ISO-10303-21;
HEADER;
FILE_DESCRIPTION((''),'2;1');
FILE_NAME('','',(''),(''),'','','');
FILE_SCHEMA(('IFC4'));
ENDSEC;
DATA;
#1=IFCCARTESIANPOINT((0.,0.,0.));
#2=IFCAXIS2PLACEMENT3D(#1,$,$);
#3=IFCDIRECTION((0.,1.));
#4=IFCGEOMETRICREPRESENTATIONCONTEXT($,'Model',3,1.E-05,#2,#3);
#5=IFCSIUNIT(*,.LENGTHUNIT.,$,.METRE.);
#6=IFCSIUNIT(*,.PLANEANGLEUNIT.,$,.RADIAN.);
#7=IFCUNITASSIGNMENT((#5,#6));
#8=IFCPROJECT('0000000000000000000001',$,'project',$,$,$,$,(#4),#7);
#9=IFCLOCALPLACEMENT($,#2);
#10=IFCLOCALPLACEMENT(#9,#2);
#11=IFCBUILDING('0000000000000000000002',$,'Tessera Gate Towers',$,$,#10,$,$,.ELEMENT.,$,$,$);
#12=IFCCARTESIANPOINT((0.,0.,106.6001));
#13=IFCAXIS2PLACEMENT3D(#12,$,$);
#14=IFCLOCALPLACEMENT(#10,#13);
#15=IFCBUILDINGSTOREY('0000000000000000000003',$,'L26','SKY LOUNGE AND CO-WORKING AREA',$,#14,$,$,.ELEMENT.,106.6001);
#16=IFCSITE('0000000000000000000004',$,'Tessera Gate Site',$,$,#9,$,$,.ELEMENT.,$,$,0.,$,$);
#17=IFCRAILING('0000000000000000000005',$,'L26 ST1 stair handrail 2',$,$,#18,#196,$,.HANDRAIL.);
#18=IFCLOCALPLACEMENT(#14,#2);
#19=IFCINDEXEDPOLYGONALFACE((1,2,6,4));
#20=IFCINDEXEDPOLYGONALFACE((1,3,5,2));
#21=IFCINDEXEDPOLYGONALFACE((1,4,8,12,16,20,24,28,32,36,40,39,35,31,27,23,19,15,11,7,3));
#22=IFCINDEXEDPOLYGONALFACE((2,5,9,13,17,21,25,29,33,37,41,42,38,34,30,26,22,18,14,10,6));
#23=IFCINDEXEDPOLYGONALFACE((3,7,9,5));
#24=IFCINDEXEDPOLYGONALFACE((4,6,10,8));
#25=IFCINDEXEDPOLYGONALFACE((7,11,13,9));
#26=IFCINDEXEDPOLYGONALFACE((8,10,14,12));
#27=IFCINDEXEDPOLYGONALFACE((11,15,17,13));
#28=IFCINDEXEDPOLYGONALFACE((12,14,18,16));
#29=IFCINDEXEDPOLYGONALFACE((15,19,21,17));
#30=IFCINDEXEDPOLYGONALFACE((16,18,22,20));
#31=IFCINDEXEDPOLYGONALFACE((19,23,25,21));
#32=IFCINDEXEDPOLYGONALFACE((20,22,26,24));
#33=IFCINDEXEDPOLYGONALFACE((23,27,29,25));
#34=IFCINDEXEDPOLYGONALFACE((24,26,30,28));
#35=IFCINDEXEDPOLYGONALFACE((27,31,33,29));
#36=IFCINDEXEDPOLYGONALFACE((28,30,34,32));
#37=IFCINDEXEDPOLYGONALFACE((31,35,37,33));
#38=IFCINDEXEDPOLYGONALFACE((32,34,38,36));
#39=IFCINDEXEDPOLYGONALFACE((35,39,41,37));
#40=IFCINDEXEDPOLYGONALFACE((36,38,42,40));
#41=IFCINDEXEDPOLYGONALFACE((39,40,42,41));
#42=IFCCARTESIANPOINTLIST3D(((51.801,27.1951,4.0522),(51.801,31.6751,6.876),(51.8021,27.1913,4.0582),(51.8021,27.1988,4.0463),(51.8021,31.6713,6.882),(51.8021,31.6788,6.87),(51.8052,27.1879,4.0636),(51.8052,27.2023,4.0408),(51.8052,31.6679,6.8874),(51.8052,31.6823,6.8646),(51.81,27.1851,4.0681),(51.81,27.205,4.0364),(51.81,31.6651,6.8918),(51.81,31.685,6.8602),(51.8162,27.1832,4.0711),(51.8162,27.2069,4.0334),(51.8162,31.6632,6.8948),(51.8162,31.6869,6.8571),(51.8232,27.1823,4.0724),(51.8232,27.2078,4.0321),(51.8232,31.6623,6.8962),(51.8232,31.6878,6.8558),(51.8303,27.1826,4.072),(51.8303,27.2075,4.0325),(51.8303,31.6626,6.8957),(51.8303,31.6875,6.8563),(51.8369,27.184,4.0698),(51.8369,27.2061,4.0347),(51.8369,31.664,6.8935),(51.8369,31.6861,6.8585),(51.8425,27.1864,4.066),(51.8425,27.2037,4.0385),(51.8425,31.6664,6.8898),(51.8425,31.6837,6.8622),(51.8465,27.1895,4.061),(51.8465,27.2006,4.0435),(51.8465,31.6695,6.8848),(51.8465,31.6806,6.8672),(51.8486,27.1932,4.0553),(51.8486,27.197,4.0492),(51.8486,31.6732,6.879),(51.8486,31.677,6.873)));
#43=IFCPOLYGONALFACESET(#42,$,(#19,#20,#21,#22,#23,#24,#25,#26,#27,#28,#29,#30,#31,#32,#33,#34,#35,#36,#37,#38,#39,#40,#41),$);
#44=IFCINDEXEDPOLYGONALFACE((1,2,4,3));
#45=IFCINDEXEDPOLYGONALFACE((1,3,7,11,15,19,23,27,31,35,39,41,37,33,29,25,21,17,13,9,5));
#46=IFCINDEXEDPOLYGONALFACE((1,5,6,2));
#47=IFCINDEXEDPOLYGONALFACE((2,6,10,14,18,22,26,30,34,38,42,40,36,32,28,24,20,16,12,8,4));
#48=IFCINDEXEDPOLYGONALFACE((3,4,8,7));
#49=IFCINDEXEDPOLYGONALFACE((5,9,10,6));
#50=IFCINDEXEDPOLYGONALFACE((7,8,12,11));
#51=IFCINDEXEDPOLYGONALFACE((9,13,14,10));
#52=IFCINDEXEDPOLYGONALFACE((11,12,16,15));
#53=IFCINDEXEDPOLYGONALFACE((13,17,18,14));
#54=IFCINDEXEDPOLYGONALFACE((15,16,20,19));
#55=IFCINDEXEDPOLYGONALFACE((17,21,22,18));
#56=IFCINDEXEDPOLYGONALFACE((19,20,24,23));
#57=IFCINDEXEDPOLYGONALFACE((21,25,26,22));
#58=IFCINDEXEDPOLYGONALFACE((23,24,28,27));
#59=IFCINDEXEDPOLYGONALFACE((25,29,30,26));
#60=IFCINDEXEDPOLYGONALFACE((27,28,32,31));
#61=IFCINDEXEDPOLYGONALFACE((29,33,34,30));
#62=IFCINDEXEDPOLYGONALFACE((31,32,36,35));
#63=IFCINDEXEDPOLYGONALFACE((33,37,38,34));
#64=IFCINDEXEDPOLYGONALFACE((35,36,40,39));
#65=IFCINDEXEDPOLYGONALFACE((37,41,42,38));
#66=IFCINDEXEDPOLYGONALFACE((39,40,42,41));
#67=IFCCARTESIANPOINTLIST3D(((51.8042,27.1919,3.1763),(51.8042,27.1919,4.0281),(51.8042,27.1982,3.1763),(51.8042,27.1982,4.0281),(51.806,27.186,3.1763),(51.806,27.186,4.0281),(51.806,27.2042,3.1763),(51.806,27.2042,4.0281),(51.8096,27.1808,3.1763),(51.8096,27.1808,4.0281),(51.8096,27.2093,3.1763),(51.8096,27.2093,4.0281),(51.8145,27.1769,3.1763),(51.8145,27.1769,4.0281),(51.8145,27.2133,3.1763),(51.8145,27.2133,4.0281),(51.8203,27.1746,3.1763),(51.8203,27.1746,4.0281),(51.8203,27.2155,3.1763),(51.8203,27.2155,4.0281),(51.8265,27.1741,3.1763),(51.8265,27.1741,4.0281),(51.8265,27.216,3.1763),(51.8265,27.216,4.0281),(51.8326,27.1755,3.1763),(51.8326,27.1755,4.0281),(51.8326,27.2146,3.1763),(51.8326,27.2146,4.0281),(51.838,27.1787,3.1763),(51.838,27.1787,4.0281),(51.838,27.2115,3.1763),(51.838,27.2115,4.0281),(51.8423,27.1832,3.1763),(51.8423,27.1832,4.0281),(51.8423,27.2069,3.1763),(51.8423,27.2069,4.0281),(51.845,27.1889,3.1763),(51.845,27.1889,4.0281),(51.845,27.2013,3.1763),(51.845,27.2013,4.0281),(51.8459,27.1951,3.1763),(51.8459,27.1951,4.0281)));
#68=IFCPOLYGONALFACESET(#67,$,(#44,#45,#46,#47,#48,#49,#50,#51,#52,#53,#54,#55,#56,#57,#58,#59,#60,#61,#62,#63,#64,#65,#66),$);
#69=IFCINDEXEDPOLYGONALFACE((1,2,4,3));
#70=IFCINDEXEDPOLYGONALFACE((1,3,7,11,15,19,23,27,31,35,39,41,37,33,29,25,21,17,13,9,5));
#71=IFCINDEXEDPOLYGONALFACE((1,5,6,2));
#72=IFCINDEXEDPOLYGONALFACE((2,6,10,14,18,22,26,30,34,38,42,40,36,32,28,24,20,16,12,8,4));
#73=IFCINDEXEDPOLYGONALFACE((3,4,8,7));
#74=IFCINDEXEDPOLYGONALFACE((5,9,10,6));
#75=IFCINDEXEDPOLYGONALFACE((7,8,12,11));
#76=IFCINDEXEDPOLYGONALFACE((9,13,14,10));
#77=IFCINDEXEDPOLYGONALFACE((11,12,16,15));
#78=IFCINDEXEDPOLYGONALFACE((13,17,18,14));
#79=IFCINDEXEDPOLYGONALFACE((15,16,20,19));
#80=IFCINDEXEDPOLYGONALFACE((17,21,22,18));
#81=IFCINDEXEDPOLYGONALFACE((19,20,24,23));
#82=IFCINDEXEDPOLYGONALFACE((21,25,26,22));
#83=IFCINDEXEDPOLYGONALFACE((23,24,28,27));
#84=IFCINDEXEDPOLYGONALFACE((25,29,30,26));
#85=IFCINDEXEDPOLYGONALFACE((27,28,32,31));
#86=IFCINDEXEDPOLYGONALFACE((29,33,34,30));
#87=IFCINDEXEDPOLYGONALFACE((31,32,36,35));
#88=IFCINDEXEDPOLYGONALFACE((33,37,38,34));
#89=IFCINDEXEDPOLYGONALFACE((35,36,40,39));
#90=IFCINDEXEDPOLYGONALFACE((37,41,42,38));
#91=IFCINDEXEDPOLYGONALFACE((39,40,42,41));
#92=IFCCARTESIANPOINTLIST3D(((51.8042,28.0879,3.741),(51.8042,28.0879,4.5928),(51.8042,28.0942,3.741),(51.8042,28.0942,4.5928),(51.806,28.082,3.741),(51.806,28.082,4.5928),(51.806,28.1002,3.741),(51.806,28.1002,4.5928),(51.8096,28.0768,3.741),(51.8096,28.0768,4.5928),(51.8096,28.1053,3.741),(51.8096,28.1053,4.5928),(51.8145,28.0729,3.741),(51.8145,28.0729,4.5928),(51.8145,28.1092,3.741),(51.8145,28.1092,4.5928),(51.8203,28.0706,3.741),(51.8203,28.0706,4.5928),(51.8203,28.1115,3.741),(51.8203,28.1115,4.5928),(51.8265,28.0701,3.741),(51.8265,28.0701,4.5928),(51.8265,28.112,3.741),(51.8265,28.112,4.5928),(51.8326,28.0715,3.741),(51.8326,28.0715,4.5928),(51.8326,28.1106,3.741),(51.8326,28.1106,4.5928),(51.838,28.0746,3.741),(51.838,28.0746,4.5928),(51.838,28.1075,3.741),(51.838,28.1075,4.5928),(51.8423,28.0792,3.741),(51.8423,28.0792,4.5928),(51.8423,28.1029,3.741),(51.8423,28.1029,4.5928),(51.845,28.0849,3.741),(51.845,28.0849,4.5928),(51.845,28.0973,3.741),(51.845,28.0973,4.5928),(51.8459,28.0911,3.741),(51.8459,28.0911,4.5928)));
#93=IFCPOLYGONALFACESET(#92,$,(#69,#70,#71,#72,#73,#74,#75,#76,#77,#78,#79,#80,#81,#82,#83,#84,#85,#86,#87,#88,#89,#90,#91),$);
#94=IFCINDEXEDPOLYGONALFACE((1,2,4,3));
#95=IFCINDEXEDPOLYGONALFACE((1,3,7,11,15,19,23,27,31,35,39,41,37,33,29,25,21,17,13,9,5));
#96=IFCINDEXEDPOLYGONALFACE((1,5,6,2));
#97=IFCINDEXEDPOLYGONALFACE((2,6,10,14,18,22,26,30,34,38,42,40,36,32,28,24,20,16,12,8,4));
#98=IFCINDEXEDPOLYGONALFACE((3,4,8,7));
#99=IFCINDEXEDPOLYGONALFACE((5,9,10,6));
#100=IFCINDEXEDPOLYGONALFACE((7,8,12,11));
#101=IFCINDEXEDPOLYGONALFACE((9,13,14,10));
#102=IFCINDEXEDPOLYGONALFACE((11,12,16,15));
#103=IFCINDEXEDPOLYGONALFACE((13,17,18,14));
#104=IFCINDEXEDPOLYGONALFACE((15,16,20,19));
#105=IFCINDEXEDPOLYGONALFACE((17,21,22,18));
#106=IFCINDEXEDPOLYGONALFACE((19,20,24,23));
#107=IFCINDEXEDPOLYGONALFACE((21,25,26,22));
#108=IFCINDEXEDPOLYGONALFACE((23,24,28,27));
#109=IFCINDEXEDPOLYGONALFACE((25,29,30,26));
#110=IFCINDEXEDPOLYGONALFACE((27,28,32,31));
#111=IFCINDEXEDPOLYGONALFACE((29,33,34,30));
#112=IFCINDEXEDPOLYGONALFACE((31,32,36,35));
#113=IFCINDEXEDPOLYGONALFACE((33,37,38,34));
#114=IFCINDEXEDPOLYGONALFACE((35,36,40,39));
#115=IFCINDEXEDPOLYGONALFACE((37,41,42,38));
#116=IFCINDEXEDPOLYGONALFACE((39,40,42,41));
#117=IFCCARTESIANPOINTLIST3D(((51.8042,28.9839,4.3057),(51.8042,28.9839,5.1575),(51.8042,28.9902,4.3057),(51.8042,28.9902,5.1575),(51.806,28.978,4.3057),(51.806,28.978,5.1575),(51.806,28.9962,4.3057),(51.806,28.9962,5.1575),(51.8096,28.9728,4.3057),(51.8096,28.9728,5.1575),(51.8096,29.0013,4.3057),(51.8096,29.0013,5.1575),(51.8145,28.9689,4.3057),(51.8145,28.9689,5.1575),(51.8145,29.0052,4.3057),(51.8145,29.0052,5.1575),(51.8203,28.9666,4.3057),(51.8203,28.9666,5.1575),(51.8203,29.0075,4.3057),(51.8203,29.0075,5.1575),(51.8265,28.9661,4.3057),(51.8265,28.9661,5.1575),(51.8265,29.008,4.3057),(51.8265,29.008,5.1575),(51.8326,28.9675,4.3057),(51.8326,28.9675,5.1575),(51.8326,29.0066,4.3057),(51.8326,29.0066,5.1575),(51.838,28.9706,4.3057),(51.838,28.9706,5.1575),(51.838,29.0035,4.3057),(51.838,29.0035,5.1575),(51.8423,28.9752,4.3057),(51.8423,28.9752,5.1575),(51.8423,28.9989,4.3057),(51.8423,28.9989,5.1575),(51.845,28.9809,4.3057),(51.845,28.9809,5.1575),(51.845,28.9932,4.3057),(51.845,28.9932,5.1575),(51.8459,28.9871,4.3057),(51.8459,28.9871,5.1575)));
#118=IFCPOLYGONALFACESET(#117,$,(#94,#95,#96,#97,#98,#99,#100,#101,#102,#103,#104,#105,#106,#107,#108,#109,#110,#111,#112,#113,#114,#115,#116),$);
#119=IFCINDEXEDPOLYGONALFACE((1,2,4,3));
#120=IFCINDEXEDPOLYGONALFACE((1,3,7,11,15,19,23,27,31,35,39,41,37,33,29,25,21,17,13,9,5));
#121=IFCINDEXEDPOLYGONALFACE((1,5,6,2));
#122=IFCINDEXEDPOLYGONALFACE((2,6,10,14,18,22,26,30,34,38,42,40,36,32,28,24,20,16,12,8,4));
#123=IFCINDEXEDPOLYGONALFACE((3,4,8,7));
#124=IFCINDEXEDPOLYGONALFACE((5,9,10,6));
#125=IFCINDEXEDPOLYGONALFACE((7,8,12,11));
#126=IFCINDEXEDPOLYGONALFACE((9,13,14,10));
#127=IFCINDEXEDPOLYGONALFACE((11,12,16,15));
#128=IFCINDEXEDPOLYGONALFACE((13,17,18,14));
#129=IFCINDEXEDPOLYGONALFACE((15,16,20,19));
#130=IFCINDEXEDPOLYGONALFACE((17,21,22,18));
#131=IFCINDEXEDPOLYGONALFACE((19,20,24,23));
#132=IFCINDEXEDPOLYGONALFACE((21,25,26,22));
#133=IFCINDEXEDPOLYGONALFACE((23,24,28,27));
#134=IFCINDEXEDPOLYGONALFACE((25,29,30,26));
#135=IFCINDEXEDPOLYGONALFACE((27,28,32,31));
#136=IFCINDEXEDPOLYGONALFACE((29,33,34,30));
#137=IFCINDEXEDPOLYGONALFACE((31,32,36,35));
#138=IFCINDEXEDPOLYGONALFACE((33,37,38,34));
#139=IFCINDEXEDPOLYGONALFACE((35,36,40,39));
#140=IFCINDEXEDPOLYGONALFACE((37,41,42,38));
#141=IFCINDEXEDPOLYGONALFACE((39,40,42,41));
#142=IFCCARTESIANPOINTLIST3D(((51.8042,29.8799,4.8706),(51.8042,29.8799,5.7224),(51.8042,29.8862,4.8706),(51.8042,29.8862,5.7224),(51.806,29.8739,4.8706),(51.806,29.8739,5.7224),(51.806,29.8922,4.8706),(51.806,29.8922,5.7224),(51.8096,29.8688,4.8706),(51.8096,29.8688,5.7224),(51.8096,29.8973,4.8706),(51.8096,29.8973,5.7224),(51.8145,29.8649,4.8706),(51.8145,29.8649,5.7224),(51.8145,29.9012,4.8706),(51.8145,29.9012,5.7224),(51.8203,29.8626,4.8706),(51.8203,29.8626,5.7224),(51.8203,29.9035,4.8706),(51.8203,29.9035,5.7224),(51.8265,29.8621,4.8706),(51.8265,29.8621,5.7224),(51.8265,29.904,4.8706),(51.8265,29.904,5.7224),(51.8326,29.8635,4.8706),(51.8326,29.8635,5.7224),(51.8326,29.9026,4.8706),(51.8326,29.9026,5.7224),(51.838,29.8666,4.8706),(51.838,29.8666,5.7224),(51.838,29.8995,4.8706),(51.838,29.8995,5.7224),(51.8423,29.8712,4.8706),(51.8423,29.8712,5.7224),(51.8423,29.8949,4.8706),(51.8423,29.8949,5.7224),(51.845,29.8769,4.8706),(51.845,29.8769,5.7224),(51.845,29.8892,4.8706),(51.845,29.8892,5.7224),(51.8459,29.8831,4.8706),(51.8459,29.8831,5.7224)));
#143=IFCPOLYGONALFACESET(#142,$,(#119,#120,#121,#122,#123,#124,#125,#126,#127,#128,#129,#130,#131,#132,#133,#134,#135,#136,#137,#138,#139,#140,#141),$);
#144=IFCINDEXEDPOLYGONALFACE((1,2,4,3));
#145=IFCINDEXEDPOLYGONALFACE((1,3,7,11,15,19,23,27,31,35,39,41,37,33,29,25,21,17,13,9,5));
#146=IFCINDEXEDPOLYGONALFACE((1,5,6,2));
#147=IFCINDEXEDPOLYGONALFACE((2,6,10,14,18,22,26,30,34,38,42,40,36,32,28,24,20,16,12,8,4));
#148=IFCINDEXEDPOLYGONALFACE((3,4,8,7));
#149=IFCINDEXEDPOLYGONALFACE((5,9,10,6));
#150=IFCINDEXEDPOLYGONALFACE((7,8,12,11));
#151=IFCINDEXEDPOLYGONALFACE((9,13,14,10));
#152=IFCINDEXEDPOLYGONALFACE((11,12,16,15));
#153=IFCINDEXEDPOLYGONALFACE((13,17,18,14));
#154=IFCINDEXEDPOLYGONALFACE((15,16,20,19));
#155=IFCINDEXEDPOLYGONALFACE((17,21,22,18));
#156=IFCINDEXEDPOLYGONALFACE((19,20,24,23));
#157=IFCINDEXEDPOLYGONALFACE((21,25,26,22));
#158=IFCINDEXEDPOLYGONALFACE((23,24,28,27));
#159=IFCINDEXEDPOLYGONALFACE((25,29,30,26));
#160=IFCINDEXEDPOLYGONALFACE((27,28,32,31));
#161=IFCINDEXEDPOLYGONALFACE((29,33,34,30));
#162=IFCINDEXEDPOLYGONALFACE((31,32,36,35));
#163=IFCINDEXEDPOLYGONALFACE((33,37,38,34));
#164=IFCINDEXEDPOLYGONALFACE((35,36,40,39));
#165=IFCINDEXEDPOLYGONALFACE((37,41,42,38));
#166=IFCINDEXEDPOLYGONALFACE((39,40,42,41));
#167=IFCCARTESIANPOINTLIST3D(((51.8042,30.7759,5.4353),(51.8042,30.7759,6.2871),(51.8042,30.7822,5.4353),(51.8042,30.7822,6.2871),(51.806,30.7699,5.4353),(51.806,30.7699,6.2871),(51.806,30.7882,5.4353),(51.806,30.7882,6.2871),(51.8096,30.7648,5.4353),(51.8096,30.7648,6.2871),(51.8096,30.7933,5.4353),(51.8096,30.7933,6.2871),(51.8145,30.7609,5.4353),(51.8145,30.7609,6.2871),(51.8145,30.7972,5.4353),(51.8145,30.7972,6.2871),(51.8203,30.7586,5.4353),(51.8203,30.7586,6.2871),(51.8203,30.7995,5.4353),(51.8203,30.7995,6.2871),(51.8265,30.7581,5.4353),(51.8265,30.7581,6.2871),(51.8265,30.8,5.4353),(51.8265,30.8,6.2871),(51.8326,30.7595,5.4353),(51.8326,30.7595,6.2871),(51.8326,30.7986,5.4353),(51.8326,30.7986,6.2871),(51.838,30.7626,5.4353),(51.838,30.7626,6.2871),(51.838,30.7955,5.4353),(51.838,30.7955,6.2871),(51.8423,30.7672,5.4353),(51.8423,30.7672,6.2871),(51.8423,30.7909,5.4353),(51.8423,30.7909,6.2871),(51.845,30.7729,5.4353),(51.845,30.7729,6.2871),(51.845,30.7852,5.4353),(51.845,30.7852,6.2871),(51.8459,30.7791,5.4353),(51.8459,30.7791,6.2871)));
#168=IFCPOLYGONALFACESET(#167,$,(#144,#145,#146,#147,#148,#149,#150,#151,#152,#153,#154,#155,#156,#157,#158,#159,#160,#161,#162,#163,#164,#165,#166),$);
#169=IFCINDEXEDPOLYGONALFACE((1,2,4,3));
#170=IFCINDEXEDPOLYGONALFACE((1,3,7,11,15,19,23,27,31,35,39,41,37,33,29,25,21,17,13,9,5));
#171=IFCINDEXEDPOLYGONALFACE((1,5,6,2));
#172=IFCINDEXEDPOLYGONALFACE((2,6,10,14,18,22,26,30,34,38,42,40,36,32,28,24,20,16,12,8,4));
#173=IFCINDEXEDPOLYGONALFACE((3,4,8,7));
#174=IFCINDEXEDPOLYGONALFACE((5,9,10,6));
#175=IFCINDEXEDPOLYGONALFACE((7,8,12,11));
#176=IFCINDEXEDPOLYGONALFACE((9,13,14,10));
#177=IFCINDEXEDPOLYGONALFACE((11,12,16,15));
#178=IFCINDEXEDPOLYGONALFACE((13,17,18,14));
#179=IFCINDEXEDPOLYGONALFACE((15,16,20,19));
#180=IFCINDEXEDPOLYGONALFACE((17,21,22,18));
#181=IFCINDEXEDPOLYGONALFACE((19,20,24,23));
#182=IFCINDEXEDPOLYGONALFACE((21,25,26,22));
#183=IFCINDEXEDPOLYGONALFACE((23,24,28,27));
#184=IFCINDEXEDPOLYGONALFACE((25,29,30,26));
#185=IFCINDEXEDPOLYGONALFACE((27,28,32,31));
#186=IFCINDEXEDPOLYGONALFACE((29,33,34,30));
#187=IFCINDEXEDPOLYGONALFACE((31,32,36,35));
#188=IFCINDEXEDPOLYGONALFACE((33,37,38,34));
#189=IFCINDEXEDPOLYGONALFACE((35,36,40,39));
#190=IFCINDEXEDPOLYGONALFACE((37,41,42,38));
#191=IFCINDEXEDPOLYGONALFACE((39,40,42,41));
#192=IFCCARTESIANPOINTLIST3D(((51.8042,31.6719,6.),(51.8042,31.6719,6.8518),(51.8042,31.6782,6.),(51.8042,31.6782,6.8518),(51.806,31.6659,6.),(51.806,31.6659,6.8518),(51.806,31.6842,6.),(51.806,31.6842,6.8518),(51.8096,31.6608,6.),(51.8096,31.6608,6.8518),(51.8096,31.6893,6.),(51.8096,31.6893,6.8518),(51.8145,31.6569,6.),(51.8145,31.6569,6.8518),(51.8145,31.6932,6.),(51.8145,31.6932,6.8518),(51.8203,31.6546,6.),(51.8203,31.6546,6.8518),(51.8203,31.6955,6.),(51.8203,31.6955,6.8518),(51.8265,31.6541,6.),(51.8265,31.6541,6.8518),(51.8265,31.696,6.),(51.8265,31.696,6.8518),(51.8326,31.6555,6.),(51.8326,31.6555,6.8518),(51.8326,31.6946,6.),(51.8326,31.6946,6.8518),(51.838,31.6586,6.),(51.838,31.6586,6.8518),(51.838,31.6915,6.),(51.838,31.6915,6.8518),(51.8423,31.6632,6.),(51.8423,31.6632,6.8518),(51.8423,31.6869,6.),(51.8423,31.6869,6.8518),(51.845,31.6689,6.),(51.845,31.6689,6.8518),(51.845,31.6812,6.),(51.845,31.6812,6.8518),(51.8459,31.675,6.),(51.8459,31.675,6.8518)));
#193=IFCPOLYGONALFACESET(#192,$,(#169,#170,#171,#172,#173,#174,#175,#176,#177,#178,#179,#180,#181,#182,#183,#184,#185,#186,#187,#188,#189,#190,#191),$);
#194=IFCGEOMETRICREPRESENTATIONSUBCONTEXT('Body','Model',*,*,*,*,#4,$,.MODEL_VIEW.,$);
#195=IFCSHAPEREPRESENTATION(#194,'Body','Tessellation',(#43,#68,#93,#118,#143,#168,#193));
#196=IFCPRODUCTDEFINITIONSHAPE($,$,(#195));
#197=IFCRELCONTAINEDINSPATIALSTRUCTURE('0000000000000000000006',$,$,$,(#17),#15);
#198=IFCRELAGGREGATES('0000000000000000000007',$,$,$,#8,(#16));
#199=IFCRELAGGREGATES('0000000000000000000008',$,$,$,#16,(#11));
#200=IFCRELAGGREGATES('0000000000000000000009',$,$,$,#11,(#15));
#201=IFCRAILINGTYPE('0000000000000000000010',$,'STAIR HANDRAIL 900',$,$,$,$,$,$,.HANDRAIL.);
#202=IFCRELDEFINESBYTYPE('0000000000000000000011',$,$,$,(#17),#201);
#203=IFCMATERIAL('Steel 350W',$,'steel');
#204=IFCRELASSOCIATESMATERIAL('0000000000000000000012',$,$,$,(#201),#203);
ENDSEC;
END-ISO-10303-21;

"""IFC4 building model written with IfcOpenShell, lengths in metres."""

from ifc_helpers import new_model, si_unit, direction, frame, origin, origin_2d, place, context, subcontext, project, spatial, circle, extrude, material, type_object, element, save


model = new_model("IFC4")

# Units and contexts
model_context = context("Model", 3, precision=1e-05, world=origin(), true_north=direction((0.0, 1.0)))
body_context = subcontext(model_context, "Body", "Model", "MODEL_VIEW")
ifc_project = project(units=[si_unit("LENGTHUNIT", "METRE"), si_unit("PLANEANGLEUNIT", "RADIAN")], contexts=[model_context])

# Site, building, storey
site_placement = place(None, origin())
site = spatial("IfcSite", under=ifc_project, at=site_placement, Name="Tessera Gate Site", CompositionType="ELEMENT", RefElevation=0.0)
building_placement = place(site_placement, origin())
building = spatial("IfcBuilding", under=site, at=building_placement, Name="Tessera Gate Towers", CompositionType="ELEMENT")
storey_placement = place(building_placement, frame((0.0, 0.0, 106.6001)))
storey = spatial("IfcBuildingStorey", under=building, at=storey_placement, Name="L26", Description="SKY LOUNGE AND CO-WORKING AREA", CompositionType="ELEMENT", Elevation=106.6001)

# Railing
ifc_material_1 = material(Name="Steel 350W", Category="steel")
railing_type_1 = type_object("IfcRailingType", Name="STAIR HANDRAIL 900", PredefinedType="HANDRAIL", material=ifc_material_1)
for number, where, name in (
    (1, (51.825, 27.1951, 3.1763), "L26 ST1 stair handrail 2"),
):
    element("IfcRailing", number, at=place(storey_placement, frame(where)), inside=storey, type_object=railing_type_1, Name=name, PredefinedType="HANDRAIL", context=body_context, shape_type="SweptSolid", body=[
        extrude(circle(Radius=0.0239, at=origin_2d()), frame((0.0, 0.0, 0.876), z_axis=(0.0, 0.845977, 0.533219), x_axis=(-1.0, 0.0, 0.0)), (0.0, 0.0, 1.0), 5.2957),
        extrude(circle(Radius=0.021, at=origin_2d()), origin(), (0.0, 0.0, 1.0), 0.8518),
        extrude(circle(Radius=0.021, at=origin_2d()), frame((0.0, 0.896, 0.5647)), (0.0, 0.0, 1.0), 0.8518),
        extrude(circle(Radius=0.021, at=origin_2d()), frame((0.0, 1.792, 1.1294)), (0.0, 0.0, 1.0), 0.8518),
        extrude(circle(Radius=0.021, at=origin_2d()), frame((0.0, 2.688, 1.6943)), (0.0, 0.0, 1.0), 0.8518),
        extrude(circle(Radius=0.021, at=origin_2d()), frame((0.0, 3.584, 2.259)), (0.0, 0.0, 1.0), 0.8518),
        extrude(circle(Radius=0.021, at=origin_2d()), frame((0.0, 4.48, 2.8237)), (0.0, 0.0, 1.0), 0.8518),
    ])

save(model, "model.ifc")
